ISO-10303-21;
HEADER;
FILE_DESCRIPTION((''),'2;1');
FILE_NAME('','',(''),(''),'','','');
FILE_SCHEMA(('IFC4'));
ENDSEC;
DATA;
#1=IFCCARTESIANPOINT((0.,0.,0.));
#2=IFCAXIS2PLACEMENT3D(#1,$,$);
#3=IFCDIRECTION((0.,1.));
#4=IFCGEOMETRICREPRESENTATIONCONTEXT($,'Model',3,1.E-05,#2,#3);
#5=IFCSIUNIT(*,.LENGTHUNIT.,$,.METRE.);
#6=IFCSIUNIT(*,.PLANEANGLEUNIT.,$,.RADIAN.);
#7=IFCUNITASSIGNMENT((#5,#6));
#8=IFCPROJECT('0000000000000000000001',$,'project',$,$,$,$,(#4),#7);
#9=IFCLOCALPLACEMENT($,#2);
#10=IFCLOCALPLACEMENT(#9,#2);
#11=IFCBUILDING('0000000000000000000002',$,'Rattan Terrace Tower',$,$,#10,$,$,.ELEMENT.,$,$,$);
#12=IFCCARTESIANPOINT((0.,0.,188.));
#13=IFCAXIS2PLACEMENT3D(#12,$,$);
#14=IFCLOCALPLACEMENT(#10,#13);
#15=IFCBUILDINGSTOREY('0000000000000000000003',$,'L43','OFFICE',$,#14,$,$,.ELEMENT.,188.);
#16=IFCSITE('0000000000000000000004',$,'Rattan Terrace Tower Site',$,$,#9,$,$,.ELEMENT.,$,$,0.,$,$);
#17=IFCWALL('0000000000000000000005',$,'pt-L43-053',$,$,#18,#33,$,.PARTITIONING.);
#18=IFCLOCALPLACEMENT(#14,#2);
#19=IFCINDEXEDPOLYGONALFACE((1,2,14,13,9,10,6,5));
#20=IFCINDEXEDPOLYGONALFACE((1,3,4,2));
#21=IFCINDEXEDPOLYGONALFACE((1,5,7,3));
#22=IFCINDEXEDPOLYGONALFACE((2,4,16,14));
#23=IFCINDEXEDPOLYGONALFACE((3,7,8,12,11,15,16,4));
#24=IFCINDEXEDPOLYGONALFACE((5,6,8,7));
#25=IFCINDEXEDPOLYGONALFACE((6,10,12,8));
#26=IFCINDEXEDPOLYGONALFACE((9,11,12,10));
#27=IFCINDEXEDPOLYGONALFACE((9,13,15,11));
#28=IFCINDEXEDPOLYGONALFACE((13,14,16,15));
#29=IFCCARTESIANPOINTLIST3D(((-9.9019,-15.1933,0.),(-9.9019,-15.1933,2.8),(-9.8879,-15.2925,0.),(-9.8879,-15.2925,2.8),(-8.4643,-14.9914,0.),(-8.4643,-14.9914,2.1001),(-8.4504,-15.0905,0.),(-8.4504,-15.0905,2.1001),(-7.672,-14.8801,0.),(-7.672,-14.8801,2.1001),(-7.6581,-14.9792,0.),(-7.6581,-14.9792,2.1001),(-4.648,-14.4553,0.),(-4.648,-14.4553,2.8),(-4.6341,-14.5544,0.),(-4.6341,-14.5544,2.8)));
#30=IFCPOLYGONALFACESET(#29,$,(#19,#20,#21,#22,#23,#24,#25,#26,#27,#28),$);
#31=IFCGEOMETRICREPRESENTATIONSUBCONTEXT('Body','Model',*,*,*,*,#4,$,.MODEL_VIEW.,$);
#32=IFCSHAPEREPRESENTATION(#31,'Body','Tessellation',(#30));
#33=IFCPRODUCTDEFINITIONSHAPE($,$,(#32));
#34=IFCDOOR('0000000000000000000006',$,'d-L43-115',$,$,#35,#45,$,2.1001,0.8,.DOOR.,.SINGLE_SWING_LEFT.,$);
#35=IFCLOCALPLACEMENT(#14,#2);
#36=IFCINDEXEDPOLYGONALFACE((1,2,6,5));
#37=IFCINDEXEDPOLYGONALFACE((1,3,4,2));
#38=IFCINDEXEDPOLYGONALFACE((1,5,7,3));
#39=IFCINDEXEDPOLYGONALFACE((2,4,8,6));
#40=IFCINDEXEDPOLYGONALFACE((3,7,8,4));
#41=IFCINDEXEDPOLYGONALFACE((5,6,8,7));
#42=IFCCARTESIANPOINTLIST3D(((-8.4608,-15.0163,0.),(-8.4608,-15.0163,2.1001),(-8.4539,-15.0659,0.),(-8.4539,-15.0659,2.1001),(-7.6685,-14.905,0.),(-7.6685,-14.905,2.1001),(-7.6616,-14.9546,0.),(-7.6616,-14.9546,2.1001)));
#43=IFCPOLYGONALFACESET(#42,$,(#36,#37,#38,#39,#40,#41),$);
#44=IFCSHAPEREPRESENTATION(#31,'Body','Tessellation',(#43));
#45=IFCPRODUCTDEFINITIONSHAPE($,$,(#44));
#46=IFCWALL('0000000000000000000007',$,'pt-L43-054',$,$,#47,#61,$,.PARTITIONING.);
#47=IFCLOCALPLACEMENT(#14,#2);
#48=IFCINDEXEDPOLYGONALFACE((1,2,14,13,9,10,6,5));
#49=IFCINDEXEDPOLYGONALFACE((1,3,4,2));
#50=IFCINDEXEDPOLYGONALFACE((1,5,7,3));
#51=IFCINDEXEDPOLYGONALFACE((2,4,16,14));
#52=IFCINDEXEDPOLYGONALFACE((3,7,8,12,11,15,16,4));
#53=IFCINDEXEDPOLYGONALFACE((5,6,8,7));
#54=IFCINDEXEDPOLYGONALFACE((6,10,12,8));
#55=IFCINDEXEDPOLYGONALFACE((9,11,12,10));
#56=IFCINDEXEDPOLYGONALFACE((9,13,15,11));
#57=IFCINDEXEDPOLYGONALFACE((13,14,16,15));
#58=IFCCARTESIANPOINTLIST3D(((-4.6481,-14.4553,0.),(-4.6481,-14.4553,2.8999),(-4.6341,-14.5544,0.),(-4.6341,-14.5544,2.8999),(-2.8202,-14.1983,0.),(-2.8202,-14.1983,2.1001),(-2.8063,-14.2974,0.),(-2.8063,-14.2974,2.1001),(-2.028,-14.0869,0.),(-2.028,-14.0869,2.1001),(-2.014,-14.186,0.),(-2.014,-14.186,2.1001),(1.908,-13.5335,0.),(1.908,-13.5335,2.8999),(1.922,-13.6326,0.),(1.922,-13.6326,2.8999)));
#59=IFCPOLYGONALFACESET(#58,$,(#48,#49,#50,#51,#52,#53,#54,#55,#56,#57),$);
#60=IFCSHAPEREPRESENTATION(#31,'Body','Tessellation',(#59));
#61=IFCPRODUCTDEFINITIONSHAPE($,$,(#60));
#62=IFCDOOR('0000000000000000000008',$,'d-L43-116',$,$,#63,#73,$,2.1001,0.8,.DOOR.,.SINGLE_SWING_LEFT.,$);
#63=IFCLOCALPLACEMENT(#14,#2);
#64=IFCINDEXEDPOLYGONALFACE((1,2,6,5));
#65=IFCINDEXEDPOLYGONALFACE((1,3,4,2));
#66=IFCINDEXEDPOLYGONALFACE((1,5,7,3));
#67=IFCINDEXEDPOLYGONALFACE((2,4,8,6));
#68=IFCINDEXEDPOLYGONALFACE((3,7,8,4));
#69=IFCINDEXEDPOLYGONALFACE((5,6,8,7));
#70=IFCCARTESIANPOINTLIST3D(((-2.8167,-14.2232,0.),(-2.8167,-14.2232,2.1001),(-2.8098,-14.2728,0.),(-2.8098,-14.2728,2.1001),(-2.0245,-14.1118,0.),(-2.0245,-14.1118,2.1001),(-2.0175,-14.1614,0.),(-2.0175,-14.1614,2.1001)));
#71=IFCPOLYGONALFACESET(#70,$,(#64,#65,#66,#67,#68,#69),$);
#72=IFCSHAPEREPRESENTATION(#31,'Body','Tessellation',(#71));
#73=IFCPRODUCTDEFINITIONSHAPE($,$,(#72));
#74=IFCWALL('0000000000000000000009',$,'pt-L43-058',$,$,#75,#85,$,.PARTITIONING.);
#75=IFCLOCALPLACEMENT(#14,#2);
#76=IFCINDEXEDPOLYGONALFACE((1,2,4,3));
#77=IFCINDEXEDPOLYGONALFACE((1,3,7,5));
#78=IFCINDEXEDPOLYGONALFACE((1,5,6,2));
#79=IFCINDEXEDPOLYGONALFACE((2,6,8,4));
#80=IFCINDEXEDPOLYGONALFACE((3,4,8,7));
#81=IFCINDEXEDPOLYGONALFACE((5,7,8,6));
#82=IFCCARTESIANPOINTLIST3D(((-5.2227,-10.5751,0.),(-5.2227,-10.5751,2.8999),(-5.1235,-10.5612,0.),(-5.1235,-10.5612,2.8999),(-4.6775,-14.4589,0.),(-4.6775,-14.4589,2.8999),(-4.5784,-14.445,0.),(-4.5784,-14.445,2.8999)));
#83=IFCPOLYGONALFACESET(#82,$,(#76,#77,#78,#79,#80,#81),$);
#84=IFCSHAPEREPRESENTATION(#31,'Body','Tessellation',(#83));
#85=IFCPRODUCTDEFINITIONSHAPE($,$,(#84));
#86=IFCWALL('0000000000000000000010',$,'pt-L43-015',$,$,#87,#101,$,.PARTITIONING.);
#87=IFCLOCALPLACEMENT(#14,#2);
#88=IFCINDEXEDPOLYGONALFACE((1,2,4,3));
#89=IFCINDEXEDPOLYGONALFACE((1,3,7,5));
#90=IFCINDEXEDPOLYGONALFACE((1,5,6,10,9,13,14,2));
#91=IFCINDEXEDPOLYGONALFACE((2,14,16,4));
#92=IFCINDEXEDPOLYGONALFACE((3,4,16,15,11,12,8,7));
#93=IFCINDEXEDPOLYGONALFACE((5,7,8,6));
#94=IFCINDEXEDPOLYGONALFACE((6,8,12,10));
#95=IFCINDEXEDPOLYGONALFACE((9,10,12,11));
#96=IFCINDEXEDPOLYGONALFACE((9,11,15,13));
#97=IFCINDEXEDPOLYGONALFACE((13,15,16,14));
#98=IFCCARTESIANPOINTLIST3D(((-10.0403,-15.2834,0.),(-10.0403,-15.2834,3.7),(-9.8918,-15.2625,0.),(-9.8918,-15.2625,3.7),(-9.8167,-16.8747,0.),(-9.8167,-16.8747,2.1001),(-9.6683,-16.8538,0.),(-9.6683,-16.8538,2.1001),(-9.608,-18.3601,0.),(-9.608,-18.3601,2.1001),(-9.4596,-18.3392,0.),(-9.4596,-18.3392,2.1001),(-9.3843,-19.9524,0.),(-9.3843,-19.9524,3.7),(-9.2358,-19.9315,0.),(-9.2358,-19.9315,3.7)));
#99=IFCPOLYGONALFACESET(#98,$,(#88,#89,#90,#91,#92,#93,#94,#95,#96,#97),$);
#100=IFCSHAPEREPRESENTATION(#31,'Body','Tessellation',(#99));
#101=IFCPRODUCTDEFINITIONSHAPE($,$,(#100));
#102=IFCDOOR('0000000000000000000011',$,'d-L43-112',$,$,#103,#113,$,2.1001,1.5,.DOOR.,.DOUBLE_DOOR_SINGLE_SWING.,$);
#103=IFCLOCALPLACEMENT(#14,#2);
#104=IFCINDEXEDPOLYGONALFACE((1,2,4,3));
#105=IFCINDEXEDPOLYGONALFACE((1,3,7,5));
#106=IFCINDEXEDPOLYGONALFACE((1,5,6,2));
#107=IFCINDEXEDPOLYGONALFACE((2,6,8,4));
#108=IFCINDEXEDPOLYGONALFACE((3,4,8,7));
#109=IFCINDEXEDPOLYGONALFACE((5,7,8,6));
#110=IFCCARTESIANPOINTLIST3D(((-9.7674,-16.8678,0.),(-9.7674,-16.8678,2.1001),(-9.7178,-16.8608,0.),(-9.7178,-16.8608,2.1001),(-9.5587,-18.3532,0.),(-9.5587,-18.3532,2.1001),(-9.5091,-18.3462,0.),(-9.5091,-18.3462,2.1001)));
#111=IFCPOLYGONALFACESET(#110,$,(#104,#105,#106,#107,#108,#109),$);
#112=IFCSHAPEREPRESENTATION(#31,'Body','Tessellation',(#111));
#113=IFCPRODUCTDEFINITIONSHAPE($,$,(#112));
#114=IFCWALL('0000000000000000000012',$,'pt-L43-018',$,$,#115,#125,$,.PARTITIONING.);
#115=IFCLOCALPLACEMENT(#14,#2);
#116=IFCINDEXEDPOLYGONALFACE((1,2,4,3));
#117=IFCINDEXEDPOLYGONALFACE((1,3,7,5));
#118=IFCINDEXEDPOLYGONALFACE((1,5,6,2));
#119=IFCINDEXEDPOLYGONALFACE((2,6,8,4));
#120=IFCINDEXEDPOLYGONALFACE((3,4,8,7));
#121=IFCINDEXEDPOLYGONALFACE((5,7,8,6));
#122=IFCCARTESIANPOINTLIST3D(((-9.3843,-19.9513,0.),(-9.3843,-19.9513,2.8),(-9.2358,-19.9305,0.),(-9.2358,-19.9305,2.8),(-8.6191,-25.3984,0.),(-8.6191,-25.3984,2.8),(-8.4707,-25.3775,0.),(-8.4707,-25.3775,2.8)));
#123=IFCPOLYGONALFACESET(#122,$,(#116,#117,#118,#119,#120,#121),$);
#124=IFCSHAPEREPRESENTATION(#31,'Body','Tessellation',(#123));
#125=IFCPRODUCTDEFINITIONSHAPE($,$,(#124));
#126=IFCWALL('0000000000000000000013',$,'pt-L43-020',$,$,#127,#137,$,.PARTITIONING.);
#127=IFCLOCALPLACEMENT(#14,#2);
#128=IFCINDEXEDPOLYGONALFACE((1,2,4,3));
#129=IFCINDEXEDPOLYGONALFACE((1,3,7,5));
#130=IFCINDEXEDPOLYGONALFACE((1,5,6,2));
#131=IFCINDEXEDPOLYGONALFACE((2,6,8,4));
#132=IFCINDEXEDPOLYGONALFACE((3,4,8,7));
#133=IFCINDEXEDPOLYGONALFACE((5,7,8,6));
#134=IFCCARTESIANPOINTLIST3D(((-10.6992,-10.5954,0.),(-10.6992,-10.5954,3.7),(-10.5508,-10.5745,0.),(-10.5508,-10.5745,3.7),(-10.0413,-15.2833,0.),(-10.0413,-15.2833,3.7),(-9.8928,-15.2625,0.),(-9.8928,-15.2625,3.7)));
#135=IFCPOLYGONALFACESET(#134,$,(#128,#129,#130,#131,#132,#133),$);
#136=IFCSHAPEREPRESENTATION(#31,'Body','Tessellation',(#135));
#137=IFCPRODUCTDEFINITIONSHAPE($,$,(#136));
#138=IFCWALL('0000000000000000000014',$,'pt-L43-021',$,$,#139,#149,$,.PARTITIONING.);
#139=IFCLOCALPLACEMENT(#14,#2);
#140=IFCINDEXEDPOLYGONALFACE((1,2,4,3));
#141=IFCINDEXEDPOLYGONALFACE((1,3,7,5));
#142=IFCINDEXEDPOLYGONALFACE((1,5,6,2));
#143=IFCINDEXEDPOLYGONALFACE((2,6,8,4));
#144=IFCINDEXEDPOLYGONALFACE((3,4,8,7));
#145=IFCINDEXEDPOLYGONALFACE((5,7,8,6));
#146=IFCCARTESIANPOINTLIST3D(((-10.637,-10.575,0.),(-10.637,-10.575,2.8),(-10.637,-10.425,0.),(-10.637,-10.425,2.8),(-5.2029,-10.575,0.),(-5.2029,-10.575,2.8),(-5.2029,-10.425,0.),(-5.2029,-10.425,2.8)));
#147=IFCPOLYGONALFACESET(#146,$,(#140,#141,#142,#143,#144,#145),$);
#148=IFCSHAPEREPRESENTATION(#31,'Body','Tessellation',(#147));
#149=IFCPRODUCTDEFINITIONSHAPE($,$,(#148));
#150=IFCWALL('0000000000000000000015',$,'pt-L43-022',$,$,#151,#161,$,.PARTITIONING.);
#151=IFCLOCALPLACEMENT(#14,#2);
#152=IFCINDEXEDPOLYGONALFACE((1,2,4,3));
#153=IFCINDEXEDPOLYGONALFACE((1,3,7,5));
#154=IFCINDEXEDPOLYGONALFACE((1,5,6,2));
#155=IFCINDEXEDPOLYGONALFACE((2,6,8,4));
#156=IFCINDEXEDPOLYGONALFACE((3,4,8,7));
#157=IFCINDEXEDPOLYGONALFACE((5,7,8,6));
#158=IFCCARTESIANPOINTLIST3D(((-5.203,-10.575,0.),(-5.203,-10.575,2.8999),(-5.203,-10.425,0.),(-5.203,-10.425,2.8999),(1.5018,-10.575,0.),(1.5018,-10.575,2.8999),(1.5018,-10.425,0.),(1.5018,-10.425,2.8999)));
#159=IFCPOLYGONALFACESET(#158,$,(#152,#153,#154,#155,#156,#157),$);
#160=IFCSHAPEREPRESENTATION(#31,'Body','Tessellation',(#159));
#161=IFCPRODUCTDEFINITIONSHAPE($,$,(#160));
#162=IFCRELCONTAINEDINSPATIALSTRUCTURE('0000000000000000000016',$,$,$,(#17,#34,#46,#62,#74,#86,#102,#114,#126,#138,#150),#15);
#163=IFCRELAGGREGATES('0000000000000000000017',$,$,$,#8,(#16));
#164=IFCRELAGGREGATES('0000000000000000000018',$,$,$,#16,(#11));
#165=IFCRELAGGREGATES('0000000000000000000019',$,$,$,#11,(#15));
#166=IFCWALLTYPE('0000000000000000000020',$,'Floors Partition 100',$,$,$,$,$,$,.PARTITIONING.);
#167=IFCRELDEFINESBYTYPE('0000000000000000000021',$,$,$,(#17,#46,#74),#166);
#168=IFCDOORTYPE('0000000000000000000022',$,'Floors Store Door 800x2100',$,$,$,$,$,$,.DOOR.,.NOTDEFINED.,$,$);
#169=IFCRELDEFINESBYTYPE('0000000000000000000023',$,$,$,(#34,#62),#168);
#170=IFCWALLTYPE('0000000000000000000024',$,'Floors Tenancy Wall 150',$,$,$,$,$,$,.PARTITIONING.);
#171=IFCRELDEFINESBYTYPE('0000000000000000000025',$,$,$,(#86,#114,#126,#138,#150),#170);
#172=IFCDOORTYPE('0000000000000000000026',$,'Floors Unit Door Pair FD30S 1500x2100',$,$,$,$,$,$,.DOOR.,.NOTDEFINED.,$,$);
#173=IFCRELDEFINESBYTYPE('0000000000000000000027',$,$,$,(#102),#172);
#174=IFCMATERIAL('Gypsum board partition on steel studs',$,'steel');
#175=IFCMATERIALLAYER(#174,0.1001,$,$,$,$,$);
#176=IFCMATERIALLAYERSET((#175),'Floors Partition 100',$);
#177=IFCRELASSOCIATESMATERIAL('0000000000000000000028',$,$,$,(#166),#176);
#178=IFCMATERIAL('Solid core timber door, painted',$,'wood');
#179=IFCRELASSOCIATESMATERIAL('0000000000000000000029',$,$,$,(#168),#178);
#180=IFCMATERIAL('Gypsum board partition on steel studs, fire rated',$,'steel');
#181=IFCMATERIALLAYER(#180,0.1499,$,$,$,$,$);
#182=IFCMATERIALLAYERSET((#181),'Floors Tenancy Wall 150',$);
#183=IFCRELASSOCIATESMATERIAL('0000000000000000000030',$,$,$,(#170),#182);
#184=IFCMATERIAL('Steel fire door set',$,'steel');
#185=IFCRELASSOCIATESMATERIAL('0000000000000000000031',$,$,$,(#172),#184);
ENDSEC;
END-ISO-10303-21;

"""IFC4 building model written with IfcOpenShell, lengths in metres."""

from ifc_helpers import new_model, si_unit, direction, frame, frame_2d, origin, place, context, subcontext, project, spatial, rectangle, extrude, material, layer, layer_set, type_object, element, fill, save


model = new_model("IFC4")

# Units and contexts
model_context = context("Model", 3, precision=1e-05, world=origin(), true_north=direction((0.0, 1.0)))
body_context = subcontext(model_context, "Body", "Model", "MODEL_VIEW")
ifc_project = project(units=[si_unit("LENGTHUNIT", "METRE"), si_unit("PLANEANGLEUNIT", "RADIAN")], contexts=[model_context])

# Site, building, storey
site_placement = place(None, origin())
site = spatial("IfcSite", under=ifc_project, at=site_placement, Name="Rattan Terrace Tower Site", CompositionType="ELEMENT", RefElevation=0.0)
building_placement = place(site_placement, origin())
building = spatial("IfcBuilding", under=site, at=building_placement, Name="Rattan Terrace Tower", CompositionType="ELEMENT")
storey_placement = place(building_placement, frame((0.0, 0.0, 188.0)))
storey = spatial("IfcBuildingStorey", under=building, at=storey_placement, Name="L43", Description="OFFICE", CompositionType="ELEMENT", Elevation=188.0)

# Shared definitions
ifc_material_1 = material(Name="Gypsum board partition on steel studs", Category="steel")
ifc_layer_1 = layer(ifc_material_1, 0.1001)
ifc_layer_set_1 = layer_set([ifc_layer_1], Name="Floors Partition 100")
wall_type_1 = type_object("IfcWallType", Name="Floors Partition 100", PredefinedType="PARTITIONING", material=ifc_layer_set_1)

# Walls, openings, doors
wall_1_placement = place(storey_placement, frame((-9.895, -15.2429, 0.0), z_axis=(0.0, 0.0, 1.0), x_axis=(0.990277, 0.139108, 0.0)))
wall_1 = element("IfcWall", 1, at=wall_1_placement, inside=storey, type_object=wall_type_1, Name="pt-L43-053", PredefinedType="PARTITIONING", context=body_context, shape_type="SweptSolid", body=[
    extrude(rectangle(XDim=5.3054, YDim=0.1001, at=frame_2d((2.6528, 0.0))), origin(), (0.0, 0.0, 1.0), 2.8),
])
opening_1_placement = place(wall_1_placement, frame((1.4519, 0.0, 0.0)))
opening_1 = element("IfcOpeningElement", 2, at=opening_1_placement, cuts=wall_1, PredefinedType="OPENING", context=body_context, shape_type="SweptSolid", body=[
    extrude(rectangle(XDim=0.8, YDim=2.1001, at=frame_2d((0.3999, 1.05))), frame((0.0, 0.0605, 0.0), z_axis=(0.0, -1.0, 0.0), x_axis=(1.0, 0.0, 0.0)), (0.0, 0.0, 1.0), 0.1211),
])
ifc_material_2 = material(Name="Solid core timber door, painted", Category="wood")
door_type_1 = type_object("IfcDoorType", Name="Floors Store Door 800x2100", OperationType="NOTDEFINED", PredefinedType="DOOR", material=ifc_material_2)
door_1_placement = place(opening_1_placement, origin())
door_1 = element("IfcDoor", 3, at=door_1_placement, inside=storey, type_object=door_type_1, Name="d-L43-115", OperationType="SINGLE_SWING_LEFT", OverallHeight=2.1001, OverallWidth=0.8, PredefinedType="DOOR", context=body_context, shape_type="SweptSolid", body=[
    extrude(rectangle(XDim=0.8, YDim=2.1001, at=frame_2d((0.3999, 1.05))), frame((0.0, 0.0249, 0.0), z_axis=(0.0, -1.0, 0.0), x_axis=(1.0, 0.0, 0.0)), (0.0, 0.0, 1.0), 0.05),
])
fill(opening_1, door_1)
wall_2_placement = place(storey_placement, frame((-4.6411, -14.5049, 0.0), z_axis=(0.0, 0.0, 1.0), x_axis=(0.990258, 0.139242, 0.0)))
wall_2 = element("IfcWall", 4, at=wall_2_placement, inside=storey, type_object=wall_type_1, Name="pt-L43-054", PredefinedType="PARTITIONING", context=body_context, shape_type="SweptSolid", body=[
    extrude(rectangle(XDim=6.6206, YDim=0.1001, at=frame_2d((3.3103, 0.0))), origin(), (0.0, 0.0, 1.0), 2.8999),
])
opening_2_placement = place(wall_2_placement, frame((1.8459, 0.0, 0.0)))
opening_2 = element("IfcOpeningElement", 5, at=opening_2_placement, cuts=wall_2, PredefinedType="OPENING", context=body_context, shape_type="SweptSolid", body=[
    extrude(rectangle(XDim=0.8, YDim=2.1001, at=frame_2d((0.3999, 1.05))), frame((0.0, 0.0605, 0.0), z_axis=(0.0, -1.0, 0.0), x_axis=(1.0, 0.0, 0.0)), (0.0, 0.0, 1.0), 0.1211),
])
door_2_placement = place(opening_2_placement, origin())
door_2 = element("IfcDoor", 6, at=door_2_placement, inside=storey, type_object=door_type_1, Name="d-L43-116", OperationType="SINGLE_SWING_LEFT", OverallHeight=2.1001, OverallWidth=0.8, PredefinedType="DOOR", context=body_context, shape_type="SweptSolid", body=[
    extrude(rectangle(XDim=0.8, YDim=2.1001, at=frame_2d((0.3999, 1.05))), frame((0.0, 0.0249, 0.0), z_axis=(0.0, -1.0, 0.0), x_axis=(1.0, 0.0, 0.0)), (0.0, 0.0, 1.0), 0.05),
])
fill(opening_2, door_2)

# Wall
wall_3_placement = place(storey_placement, frame((-5.1731, -10.5681, 0.0), z_axis=(0.0, 0.0, 1.0), x_axis=(0.139007, -0.990291, 0.0)))
element("IfcWall", 7, at=wall_3_placement, inside=storey, type_object=wall_type_1, Name="pt-L43-058", PredefinedType="PARTITIONING", context=body_context, shape_type="SweptSolid", body=[
    extrude(rectangle(XDim=3.9219, YDim=0.1001, at=frame_2d((1.9609, 0.0))), origin(), (0.0, 0.0, 1.0), 2.8999),
])

# Wall, opening, door
ifc_material_3 = material(Name="Gypsum board partition on steel studs, fire rated", Category="steel")
ifc_layer_2 = layer(ifc_material_3, 0.1499)
ifc_layer_set_2 = layer_set([ifc_layer_2], Name="Floors Tenancy Wall 150")
wall_type_2 = type_object("IfcWallType", Name="Floors Tenancy Wall 150", PredefinedType="PARTITIONING", material=ifc_layer_set_2)
wall_4_placement = place(storey_placement, frame((-9.9661, -15.2729, 0.0), z_axis=(0.0, 0.0, 1.0), x_axis=(0.139137, -0.990273, 0.0)))
wall_4 = element("IfcWall", 8, at=wall_4_placement, inside=storey, type_object=wall_type_2, Name="pt-L43-015", PredefinedType="PARTITIONING", context=body_context, shape_type="SweptSolid", body=[
    extrude(rectangle(XDim=4.7148, YDim=0.1499, at=frame_2d((2.3574, 0.0))), origin(), (0.0, 0.0, 1.0), 3.7),
])
opening_3_placement = place(wall_4_placement, frame((1.6069, 0.0, 0.0)))
opening_3 = element("IfcOpeningElement", 9, at=opening_3_placement, cuts=wall_4, PredefinedType="OPENING", context=body_context, shape_type="SweptSolid", body=[
    extrude(rectangle(XDim=1.5, YDim=2.1001, at=frame_2d((0.75, 1.05))), frame((0.0, 0.0854, 0.0), z_axis=(0.0, -1.0, 0.0), x_axis=(1.0, 0.0, 0.0)), (0.0, 0.0, 1.0), 0.1709),
])
ifc_material_4 = material(Name="Steel fire door set", Category="steel")
door_type_2 = type_object("IfcDoorType", Name="Floors Unit Door Pair FD30S 1500x2100", OperationType="NOTDEFINED", PredefinedType="DOOR", material=ifc_material_4)
door_3_placement = place(opening_3_placement, origin())
door_3 = element("IfcDoor", 10, at=door_3_placement, inside=storey, type_object=door_type_2, Name="d-L43-112", OperationType="DOUBLE_DOOR_SINGLE_SWING", OverallHeight=2.1001, OverallWidth=1.5, PredefinedType="DOOR", context=body_context, shape_type="SweptSolid", body=[
    extrude(rectangle(XDim=1.5, YDim=2.1001, at=frame_2d((0.75, 1.05))), frame((0.0, 0.0249, 0.0), z_axis=(0.0, -1.0, 0.0), x_axis=(1.0, 0.0, 0.0)), (0.0, 0.0, 1.0), 0.05),
])
fill(opening_3, door_3)

# Walls
wall_5_placement = place(storey_placement, frame((-9.3101, -19.9409, 0.0), z_axis=(0.0, 0.0, 1.0), x_axis=(0.139103, -0.990278, 0.0)))
element("IfcWall", 11, at=wall_5_placement, inside=storey, type_object=wall_type_2, Name="pt-L43-018", PredefinedType="PARTITIONING", context=body_context, shape_type="SweptSolid", body=[
    extrude(rectangle(XDim=5.5005, YDim=0.1499, at=frame_2d((2.7502, 0.0))), origin(), (0.0, 0.0, 1.0), 2.8),
])
wall_6_placement = place(storey_placement, frame((-10.625, -10.585, 0.0), z_axis=(0.0, 0.0, 1.0), x_axis=(0.138988, -0.990294, 0.0)))
element("IfcWall", 12, at=wall_6_placement, inside=storey, type_object=wall_type_2, Name="pt-L43-020", PredefinedType="PARTITIONING", context=body_context, shape_type="SweptSolid", body=[
    extrude(rectangle(XDim=4.7339, YDim=0.1499, at=frame_2d((2.3669, 0.0))), origin(), (0.0, 0.0, 1.0), 3.7),
])
wall_7_placement = place(storey_placement, frame((-5.2029, -10.5, 0.0), z_axis=(0.0, 0.0, 1.0), x_axis=(-1.0, 0.0, 0.0)))
element("IfcWall", 13, at=wall_7_placement, inside=storey, type_object=wall_type_2, Name="pt-L43-021", PredefinedType="PARTITIONING", context=body_context, shape_type="SweptSolid", body=[
    extrude(rectangle(XDim=5.4341, YDim=0.1499, at=frame_2d((2.717, 0.0))), origin(), (0.0, 0.0, 1.0), 2.8),
])
wall_8_placement = place(storey_placement, frame((1.502, -10.5, 0.0), z_axis=(0.0, 0.0, 1.0), x_axis=(-1.0, 0.0, 0.0)))
element("IfcWall", 14, at=wall_8_placement, inside=storey, type_object=wall_type_2, Name="pt-L43-022", PredefinedType="PARTITIONING", context=body_context, shape_type="SweptSolid", body=[
    extrude(rectangle(XDim=6.7048, YDim=0.1499, at=frame_2d((3.3525, 0.0))), origin(), (0.0, 0.0, 1.0), 2.8999),
])

save(model, "model.ifc")
